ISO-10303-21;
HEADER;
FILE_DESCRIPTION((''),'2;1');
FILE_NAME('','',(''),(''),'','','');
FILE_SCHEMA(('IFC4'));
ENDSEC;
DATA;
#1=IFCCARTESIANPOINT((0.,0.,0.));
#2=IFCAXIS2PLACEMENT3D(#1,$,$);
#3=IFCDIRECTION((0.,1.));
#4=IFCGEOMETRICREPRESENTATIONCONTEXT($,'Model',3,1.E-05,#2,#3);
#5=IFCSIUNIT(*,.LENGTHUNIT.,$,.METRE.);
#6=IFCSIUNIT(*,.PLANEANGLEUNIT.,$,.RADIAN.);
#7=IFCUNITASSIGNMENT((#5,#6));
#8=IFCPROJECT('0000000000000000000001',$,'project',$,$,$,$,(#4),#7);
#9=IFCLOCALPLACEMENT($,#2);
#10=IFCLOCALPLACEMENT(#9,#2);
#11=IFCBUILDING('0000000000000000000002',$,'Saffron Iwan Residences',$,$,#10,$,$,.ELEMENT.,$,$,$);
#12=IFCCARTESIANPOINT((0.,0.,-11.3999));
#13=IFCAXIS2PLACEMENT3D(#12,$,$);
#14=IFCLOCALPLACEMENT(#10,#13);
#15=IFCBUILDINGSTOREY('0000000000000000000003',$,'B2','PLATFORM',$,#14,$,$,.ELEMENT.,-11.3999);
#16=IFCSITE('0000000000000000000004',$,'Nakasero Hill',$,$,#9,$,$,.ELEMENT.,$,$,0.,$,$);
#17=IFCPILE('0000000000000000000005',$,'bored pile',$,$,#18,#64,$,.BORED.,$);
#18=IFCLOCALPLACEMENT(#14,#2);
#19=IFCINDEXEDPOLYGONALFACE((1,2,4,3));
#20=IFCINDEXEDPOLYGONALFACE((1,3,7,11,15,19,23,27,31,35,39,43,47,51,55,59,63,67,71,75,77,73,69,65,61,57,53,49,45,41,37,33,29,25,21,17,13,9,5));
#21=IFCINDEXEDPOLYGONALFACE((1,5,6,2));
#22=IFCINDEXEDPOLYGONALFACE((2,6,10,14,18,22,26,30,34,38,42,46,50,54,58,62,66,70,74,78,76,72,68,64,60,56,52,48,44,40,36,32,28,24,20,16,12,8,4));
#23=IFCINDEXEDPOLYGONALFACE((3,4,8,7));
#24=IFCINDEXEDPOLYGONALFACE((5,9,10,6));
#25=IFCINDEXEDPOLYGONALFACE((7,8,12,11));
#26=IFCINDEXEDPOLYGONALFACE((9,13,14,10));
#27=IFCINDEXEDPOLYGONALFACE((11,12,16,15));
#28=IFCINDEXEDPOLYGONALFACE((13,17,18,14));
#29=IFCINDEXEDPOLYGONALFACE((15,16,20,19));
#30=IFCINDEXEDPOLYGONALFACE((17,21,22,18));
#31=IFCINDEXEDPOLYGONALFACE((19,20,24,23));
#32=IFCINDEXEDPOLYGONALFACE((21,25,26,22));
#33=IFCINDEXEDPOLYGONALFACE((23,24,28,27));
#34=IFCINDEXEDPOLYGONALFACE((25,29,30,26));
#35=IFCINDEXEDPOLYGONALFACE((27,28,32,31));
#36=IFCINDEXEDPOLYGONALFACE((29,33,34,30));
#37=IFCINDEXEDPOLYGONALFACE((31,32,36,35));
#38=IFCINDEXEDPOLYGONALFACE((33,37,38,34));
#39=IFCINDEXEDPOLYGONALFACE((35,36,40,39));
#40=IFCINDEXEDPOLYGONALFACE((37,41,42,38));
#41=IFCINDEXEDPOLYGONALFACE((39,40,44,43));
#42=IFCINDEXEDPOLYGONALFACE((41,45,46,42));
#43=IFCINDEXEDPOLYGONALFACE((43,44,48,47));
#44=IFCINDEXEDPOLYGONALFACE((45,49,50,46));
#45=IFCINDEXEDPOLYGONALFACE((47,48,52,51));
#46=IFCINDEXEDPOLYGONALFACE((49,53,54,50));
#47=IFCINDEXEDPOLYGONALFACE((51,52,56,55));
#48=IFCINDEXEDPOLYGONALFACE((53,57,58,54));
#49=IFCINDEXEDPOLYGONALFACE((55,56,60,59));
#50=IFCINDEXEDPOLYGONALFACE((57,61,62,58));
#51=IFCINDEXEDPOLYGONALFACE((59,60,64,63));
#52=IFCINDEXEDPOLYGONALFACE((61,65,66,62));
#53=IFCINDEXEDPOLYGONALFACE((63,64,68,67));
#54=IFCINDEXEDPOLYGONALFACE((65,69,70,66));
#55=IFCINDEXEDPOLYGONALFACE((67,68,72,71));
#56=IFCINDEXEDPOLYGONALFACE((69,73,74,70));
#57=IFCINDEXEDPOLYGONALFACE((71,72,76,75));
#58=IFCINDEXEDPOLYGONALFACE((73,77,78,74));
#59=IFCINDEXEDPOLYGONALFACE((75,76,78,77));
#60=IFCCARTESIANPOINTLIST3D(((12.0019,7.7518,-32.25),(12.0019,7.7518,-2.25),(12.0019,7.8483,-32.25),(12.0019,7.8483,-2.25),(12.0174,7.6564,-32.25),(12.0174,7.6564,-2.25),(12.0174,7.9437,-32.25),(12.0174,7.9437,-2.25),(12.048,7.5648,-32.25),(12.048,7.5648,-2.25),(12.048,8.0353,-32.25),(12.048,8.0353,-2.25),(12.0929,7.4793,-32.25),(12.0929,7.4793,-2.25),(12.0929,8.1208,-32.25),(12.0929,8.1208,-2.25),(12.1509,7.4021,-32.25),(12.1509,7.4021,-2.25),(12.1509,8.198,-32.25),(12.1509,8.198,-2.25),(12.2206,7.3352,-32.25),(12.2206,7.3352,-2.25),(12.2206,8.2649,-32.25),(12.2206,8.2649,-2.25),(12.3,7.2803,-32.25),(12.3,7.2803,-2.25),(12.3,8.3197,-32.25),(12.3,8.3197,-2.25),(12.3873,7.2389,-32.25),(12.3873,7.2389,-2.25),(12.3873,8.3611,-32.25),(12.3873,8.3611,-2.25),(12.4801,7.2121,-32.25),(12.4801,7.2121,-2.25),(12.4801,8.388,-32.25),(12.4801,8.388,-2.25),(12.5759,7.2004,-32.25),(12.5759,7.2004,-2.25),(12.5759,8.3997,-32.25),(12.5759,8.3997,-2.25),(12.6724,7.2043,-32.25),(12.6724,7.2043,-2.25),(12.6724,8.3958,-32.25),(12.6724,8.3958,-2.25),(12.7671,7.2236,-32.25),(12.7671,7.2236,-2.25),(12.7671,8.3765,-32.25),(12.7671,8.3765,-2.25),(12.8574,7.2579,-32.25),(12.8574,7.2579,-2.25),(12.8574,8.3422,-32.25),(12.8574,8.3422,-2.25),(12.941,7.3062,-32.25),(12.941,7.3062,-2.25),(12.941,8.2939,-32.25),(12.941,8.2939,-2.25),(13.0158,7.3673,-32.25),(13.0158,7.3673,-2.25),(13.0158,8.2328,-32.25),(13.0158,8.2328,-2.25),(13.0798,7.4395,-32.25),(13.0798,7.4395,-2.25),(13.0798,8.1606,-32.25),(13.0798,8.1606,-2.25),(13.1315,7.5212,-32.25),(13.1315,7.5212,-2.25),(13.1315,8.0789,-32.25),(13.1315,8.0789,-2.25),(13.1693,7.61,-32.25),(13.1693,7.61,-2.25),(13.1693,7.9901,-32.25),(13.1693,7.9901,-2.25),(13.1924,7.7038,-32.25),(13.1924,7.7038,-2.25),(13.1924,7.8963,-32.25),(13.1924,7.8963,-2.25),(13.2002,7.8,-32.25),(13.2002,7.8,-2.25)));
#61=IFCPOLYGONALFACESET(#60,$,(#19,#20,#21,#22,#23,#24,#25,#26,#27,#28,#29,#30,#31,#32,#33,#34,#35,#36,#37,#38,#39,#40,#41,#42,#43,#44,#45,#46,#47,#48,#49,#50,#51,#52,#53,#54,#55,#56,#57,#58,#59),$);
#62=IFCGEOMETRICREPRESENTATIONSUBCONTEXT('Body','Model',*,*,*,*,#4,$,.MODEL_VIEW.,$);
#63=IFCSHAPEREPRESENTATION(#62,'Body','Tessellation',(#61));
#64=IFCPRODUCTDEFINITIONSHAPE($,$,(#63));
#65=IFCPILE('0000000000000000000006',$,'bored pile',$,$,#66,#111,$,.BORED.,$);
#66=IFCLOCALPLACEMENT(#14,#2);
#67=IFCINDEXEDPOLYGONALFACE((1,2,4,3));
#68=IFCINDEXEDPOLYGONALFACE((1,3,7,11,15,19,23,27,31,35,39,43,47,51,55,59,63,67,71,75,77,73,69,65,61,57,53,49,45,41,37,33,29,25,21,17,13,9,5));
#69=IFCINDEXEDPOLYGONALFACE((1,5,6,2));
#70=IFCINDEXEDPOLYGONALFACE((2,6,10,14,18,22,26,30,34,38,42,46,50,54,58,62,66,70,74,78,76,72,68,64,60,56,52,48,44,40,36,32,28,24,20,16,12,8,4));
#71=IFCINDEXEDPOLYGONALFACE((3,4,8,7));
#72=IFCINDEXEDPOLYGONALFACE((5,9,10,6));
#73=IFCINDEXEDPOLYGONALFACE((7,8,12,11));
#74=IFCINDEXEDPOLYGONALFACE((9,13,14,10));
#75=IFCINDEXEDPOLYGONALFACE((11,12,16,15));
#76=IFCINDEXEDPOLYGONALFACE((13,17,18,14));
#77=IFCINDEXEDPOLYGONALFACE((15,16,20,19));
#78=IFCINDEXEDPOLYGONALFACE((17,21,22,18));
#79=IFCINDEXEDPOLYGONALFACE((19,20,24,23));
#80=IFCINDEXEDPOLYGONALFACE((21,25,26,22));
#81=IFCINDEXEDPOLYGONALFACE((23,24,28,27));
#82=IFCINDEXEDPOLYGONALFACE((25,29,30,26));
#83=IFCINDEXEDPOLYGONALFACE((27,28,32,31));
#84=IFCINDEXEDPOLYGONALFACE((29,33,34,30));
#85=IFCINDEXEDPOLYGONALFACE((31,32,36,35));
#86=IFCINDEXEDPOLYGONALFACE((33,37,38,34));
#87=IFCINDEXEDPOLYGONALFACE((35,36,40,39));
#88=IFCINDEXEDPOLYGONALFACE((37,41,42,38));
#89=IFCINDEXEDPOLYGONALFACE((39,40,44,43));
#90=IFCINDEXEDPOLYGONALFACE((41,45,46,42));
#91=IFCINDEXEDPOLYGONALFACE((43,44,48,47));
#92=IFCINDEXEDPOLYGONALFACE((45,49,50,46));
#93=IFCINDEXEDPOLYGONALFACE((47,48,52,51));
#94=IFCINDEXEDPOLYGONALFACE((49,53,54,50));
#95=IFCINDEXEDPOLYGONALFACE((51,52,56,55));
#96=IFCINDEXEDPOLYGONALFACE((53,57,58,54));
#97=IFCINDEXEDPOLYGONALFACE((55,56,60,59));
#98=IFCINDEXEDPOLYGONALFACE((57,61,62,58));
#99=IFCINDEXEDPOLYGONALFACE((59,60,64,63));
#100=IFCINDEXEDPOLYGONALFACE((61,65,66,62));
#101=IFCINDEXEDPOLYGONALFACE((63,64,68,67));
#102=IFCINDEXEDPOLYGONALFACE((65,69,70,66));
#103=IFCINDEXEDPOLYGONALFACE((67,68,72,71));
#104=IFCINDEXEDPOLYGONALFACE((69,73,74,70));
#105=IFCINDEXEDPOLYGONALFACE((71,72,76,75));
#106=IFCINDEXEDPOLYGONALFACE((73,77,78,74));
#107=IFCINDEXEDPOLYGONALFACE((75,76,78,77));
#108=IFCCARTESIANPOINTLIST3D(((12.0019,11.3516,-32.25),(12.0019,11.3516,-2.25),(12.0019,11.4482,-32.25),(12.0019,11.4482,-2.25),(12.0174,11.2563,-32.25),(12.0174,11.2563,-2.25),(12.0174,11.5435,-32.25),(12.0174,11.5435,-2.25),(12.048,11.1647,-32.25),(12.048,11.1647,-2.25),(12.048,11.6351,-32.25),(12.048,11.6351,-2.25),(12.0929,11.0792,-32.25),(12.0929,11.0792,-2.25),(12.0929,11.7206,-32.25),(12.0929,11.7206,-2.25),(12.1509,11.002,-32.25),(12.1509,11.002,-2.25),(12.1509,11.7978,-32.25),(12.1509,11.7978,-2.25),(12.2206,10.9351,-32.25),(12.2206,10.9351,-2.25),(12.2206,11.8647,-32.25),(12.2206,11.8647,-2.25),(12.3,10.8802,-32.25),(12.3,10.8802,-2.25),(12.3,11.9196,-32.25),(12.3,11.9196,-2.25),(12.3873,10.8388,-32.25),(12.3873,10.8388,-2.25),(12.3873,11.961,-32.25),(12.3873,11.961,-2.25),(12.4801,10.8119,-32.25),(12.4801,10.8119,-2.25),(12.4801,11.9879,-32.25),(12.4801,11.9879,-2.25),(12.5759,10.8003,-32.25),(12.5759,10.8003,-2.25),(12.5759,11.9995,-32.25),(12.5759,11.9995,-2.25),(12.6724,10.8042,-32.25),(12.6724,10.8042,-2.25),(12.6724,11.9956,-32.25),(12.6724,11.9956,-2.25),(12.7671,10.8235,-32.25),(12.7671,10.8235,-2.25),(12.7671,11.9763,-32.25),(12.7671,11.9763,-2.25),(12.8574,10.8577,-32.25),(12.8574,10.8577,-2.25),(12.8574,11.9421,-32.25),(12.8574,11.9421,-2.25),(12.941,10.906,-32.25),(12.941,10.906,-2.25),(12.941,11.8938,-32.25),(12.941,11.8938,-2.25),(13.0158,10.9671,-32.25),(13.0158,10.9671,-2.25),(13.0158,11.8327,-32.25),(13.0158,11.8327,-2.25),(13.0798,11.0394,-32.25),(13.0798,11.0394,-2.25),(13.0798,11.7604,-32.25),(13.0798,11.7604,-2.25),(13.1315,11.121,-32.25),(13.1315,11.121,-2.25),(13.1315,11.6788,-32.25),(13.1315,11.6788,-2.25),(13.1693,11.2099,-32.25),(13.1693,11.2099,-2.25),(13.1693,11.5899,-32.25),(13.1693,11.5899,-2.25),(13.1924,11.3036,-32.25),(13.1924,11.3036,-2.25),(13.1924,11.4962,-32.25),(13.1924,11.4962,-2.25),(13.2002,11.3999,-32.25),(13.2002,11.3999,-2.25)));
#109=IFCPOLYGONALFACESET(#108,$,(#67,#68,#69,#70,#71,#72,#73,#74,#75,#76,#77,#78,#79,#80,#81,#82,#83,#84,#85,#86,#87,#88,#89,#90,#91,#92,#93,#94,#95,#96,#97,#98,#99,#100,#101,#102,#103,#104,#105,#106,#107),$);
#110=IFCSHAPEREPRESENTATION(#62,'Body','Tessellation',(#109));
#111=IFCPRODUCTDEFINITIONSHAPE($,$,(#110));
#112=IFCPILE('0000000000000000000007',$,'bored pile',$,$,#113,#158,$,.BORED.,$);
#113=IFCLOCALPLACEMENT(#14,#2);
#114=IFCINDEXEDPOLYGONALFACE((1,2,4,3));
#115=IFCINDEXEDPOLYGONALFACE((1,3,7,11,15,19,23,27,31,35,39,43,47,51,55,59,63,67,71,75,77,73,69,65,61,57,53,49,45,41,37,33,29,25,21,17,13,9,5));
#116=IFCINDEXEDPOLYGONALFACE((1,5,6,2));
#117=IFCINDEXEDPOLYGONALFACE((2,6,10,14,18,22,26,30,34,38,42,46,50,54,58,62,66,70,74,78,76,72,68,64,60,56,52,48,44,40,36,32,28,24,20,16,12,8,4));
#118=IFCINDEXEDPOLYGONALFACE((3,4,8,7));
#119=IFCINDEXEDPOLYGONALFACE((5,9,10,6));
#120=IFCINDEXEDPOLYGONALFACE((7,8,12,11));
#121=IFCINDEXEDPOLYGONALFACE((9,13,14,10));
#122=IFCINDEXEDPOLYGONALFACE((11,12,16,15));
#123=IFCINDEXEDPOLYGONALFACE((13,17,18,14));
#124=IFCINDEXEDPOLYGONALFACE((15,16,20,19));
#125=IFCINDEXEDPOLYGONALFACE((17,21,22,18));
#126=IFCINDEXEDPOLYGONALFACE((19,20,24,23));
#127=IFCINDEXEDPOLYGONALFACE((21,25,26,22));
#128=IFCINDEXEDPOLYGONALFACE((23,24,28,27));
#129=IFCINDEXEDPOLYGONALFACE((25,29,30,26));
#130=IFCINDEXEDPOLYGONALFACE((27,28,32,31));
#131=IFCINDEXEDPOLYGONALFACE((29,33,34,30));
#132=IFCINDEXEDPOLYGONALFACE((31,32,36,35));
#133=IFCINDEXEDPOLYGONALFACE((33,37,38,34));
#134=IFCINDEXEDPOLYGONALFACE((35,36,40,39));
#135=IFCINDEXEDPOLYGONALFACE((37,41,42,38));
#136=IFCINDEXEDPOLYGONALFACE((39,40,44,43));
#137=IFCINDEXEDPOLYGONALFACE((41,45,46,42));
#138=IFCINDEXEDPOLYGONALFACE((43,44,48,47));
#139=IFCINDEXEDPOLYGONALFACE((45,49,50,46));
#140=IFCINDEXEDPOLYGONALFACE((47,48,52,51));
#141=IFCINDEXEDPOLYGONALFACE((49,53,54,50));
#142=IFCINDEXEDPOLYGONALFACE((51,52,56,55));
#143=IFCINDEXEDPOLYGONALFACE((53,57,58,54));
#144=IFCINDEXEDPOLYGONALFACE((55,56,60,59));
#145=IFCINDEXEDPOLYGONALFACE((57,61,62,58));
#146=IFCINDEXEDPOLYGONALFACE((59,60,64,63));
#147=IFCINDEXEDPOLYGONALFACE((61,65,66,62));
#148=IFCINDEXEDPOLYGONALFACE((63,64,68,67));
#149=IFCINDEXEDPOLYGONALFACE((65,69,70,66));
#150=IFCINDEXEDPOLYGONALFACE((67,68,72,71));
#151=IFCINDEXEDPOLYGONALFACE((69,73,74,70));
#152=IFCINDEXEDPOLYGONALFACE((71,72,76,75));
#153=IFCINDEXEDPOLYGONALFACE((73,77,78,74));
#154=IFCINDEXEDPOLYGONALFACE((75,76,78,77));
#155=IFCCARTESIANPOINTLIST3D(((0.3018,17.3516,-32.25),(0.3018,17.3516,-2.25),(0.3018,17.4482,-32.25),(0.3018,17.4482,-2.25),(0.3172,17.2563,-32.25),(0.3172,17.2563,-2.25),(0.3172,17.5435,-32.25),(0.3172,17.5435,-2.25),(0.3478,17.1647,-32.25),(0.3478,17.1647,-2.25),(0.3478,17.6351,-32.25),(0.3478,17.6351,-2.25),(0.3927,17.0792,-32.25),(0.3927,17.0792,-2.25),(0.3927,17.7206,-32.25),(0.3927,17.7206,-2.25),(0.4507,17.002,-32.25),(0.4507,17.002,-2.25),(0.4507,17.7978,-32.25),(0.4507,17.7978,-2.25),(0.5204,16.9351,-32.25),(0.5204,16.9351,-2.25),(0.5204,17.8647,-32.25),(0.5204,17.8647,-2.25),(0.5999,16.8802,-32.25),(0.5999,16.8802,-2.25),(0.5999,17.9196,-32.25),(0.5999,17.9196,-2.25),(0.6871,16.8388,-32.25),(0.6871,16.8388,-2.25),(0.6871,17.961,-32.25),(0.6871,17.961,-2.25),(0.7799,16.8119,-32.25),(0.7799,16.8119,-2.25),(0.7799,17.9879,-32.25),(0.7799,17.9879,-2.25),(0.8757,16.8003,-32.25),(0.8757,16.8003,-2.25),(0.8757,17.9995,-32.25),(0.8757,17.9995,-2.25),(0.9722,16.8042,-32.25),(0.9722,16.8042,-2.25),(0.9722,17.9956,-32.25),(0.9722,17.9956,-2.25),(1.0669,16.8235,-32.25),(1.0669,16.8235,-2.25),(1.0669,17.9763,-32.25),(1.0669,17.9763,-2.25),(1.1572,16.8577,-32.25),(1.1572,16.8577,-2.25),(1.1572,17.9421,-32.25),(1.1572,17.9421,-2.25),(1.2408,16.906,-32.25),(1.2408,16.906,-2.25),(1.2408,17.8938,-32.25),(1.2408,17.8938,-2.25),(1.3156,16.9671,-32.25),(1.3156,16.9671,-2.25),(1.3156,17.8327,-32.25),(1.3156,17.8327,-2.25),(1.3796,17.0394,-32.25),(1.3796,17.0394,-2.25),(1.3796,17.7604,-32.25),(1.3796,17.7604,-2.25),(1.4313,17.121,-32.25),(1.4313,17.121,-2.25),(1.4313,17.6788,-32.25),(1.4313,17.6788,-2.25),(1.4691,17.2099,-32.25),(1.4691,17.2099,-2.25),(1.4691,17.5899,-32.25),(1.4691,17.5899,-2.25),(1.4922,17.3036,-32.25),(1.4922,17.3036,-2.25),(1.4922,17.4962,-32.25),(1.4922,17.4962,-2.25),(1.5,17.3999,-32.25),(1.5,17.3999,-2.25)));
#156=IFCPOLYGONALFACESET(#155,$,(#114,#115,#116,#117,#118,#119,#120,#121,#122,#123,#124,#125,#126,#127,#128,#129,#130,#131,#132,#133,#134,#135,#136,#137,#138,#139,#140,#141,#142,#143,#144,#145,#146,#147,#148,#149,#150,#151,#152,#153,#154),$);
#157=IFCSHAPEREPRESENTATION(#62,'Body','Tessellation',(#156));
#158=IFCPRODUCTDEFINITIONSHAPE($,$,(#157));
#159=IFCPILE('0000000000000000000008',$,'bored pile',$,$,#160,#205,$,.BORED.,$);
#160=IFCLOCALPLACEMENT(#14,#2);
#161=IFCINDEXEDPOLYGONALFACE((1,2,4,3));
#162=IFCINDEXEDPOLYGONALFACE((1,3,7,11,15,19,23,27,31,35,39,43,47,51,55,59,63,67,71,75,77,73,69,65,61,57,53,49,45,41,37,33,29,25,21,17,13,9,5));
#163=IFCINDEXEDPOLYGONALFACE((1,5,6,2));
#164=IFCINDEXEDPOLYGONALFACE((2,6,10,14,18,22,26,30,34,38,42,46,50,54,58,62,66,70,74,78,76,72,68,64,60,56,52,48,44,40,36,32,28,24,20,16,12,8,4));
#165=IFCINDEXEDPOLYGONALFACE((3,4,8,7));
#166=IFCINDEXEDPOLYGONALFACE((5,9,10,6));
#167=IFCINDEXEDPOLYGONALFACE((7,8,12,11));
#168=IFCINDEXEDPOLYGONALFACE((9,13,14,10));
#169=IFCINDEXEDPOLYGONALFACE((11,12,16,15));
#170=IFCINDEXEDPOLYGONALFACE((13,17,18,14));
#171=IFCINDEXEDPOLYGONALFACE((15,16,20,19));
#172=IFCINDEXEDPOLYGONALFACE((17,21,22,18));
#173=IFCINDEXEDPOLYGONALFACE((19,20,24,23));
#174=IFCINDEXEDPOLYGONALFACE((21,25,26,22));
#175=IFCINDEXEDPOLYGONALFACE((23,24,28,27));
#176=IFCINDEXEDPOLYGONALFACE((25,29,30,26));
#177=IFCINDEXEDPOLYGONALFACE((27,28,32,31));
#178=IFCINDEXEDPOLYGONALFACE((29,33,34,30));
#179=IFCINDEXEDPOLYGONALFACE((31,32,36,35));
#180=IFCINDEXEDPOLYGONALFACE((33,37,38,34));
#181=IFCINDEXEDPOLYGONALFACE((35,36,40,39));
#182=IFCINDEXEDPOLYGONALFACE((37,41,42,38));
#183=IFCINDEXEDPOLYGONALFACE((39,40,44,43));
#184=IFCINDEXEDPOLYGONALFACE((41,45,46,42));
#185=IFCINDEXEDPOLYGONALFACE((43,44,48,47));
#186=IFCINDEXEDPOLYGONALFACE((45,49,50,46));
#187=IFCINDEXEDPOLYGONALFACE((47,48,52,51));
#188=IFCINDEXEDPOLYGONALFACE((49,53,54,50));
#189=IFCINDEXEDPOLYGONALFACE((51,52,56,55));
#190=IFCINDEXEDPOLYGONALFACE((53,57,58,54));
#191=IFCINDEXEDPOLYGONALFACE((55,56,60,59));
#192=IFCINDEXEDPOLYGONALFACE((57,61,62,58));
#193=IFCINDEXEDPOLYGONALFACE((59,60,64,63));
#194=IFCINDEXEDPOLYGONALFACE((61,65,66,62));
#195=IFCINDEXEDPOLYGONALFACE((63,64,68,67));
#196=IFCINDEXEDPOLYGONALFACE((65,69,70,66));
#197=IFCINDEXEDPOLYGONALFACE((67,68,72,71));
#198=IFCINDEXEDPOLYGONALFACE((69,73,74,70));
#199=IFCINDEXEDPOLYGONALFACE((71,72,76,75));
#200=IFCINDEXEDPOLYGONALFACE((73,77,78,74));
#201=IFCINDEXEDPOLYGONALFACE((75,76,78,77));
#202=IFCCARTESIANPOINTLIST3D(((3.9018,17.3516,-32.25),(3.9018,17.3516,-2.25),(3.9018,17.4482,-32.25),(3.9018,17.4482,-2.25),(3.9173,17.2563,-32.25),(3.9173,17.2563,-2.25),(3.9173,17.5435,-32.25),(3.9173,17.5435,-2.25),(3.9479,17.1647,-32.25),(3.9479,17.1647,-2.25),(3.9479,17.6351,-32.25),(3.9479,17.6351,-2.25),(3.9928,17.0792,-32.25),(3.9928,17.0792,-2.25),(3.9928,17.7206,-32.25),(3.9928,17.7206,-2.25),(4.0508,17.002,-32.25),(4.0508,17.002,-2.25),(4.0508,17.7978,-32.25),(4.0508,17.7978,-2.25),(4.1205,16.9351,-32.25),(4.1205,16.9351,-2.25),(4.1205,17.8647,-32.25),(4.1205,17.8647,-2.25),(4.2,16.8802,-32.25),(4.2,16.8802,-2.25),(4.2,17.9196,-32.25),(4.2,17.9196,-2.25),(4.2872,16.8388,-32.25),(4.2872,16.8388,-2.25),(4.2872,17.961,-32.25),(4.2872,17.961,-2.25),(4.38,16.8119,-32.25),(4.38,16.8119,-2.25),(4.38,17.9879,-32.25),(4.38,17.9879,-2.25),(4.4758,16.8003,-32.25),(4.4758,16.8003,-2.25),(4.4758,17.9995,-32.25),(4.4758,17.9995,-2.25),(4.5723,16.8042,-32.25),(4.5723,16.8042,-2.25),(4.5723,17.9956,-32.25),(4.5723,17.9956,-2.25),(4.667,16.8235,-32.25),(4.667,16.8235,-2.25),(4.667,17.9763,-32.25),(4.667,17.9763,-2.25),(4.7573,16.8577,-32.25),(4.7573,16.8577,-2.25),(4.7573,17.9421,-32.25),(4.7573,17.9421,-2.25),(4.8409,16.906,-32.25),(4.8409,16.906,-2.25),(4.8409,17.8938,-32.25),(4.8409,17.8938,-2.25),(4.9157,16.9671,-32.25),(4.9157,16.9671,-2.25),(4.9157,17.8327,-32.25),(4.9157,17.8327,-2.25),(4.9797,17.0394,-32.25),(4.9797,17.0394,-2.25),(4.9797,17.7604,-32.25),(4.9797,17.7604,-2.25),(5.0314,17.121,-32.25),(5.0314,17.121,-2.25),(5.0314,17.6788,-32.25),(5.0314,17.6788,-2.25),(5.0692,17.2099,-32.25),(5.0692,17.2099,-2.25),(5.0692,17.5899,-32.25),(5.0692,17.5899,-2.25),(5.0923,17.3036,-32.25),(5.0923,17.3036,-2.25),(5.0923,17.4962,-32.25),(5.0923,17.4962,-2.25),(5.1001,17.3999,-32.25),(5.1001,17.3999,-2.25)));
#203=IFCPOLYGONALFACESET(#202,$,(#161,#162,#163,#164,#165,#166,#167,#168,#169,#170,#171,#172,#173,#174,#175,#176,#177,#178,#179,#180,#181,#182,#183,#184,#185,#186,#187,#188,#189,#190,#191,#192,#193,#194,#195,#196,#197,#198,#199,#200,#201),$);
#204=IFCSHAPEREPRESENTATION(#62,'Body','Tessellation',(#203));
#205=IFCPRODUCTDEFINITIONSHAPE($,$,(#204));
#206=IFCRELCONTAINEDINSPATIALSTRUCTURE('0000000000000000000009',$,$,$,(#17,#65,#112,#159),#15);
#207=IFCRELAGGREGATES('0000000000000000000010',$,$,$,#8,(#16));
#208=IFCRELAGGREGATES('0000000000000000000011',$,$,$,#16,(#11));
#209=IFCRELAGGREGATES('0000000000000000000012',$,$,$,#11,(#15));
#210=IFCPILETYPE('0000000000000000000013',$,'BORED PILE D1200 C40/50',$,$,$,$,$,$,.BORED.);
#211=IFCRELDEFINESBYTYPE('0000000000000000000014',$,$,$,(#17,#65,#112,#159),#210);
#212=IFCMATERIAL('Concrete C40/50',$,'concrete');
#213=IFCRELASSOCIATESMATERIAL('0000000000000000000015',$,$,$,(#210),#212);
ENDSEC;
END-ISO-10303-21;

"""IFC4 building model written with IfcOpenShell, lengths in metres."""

from ifc_helpers import new_model, si_unit, direction, frame, origin, origin_2d, place, context, subcontext, project, spatial, circle, extrude, material, material_profile, profile_set, type_object, element, save


model = new_model("IFC4")

# Units and contexts
model_context = context("Model", 3, precision=1e-05, world=origin(), true_north=direction((0.0, 1.0)))
body_context = subcontext(model_context, "Body", "Model", "MODEL_VIEW")
ifc_project = project(units=[si_unit("LENGTHUNIT", "METRE"), si_unit("PLANEANGLEUNIT", "RADIAN")], contexts=[model_context])

# Site, building, storey
site_placement = place(None, origin())
site = spatial("IfcSite", under=ifc_project, at=site_placement, Name="Nakasero Hill", CompositionType="ELEMENT", RefElevation=0.0)
building_placement = place(site_placement, origin())
building = spatial("IfcBuilding", under=site, at=building_placement, Name="Saffron Iwan Residences", CompositionType="ELEMENT")
storey_placement = place(building_placement, frame((0.0, 0.0, -11.3999)))
storey = spatial("IfcBuildingStorey", under=building, at=storey_placement, Name="B2", Description="PLATFORM", CompositionType="ELEMENT", Elevation=-11.3999)

# Piles
ifc_material_1 = material(Name="Concrete C40/50", Category="concrete")
ifc_material_profile_1 = material_profile(ifc_material_1, circle(Radius=0.6001, at=origin_2d()), Name="RC D1200")
ifc_profile_set_1 = profile_set([ifc_material_profile_1], Name="Concrete C40/50")
pile_type = type_object("IfcPileType", Name="BORED PILE D1200 C40/50", PredefinedType="BORED", material=ifc_profile_set_1)
for number, where, z_axis, x_axis, name in (
    (1, (12.6001, 7.8, -2.25), (0.0, 0.0, -1.0), (1.0, 0.0, 0.0), "bored pile"),
    (2, (12.6001, 11.3999, -2.25), (0.0, 0.0, -1.0), (1.0, 0.0, 0.0), "bored pile"),
    (3, (0.8999, 17.3999, -2.25), (0.0, 0.0, -1.0), (1.0, 0.0, 0.0), "bored pile"),
    (4, (4.5, 17.3999, -2.25), (0.0, 0.0, -1.0), (1.0, 0.0, 0.0), "bored pile"),
):
    element("IfcPile", number, at=place(storey_placement, frame(where, z_axis=z_axis, x_axis=x_axis)), inside=storey, type_object=pile_type, Name=name, PredefinedType="BORED", context=body_context, shape_type="SweptSolid", body=[
        extrude(circle(Radius=0.6001, at=origin_2d()), origin(), (0.0, 0.0, 1.0), 30.0),
    ])

save(model, "model.ifc")
